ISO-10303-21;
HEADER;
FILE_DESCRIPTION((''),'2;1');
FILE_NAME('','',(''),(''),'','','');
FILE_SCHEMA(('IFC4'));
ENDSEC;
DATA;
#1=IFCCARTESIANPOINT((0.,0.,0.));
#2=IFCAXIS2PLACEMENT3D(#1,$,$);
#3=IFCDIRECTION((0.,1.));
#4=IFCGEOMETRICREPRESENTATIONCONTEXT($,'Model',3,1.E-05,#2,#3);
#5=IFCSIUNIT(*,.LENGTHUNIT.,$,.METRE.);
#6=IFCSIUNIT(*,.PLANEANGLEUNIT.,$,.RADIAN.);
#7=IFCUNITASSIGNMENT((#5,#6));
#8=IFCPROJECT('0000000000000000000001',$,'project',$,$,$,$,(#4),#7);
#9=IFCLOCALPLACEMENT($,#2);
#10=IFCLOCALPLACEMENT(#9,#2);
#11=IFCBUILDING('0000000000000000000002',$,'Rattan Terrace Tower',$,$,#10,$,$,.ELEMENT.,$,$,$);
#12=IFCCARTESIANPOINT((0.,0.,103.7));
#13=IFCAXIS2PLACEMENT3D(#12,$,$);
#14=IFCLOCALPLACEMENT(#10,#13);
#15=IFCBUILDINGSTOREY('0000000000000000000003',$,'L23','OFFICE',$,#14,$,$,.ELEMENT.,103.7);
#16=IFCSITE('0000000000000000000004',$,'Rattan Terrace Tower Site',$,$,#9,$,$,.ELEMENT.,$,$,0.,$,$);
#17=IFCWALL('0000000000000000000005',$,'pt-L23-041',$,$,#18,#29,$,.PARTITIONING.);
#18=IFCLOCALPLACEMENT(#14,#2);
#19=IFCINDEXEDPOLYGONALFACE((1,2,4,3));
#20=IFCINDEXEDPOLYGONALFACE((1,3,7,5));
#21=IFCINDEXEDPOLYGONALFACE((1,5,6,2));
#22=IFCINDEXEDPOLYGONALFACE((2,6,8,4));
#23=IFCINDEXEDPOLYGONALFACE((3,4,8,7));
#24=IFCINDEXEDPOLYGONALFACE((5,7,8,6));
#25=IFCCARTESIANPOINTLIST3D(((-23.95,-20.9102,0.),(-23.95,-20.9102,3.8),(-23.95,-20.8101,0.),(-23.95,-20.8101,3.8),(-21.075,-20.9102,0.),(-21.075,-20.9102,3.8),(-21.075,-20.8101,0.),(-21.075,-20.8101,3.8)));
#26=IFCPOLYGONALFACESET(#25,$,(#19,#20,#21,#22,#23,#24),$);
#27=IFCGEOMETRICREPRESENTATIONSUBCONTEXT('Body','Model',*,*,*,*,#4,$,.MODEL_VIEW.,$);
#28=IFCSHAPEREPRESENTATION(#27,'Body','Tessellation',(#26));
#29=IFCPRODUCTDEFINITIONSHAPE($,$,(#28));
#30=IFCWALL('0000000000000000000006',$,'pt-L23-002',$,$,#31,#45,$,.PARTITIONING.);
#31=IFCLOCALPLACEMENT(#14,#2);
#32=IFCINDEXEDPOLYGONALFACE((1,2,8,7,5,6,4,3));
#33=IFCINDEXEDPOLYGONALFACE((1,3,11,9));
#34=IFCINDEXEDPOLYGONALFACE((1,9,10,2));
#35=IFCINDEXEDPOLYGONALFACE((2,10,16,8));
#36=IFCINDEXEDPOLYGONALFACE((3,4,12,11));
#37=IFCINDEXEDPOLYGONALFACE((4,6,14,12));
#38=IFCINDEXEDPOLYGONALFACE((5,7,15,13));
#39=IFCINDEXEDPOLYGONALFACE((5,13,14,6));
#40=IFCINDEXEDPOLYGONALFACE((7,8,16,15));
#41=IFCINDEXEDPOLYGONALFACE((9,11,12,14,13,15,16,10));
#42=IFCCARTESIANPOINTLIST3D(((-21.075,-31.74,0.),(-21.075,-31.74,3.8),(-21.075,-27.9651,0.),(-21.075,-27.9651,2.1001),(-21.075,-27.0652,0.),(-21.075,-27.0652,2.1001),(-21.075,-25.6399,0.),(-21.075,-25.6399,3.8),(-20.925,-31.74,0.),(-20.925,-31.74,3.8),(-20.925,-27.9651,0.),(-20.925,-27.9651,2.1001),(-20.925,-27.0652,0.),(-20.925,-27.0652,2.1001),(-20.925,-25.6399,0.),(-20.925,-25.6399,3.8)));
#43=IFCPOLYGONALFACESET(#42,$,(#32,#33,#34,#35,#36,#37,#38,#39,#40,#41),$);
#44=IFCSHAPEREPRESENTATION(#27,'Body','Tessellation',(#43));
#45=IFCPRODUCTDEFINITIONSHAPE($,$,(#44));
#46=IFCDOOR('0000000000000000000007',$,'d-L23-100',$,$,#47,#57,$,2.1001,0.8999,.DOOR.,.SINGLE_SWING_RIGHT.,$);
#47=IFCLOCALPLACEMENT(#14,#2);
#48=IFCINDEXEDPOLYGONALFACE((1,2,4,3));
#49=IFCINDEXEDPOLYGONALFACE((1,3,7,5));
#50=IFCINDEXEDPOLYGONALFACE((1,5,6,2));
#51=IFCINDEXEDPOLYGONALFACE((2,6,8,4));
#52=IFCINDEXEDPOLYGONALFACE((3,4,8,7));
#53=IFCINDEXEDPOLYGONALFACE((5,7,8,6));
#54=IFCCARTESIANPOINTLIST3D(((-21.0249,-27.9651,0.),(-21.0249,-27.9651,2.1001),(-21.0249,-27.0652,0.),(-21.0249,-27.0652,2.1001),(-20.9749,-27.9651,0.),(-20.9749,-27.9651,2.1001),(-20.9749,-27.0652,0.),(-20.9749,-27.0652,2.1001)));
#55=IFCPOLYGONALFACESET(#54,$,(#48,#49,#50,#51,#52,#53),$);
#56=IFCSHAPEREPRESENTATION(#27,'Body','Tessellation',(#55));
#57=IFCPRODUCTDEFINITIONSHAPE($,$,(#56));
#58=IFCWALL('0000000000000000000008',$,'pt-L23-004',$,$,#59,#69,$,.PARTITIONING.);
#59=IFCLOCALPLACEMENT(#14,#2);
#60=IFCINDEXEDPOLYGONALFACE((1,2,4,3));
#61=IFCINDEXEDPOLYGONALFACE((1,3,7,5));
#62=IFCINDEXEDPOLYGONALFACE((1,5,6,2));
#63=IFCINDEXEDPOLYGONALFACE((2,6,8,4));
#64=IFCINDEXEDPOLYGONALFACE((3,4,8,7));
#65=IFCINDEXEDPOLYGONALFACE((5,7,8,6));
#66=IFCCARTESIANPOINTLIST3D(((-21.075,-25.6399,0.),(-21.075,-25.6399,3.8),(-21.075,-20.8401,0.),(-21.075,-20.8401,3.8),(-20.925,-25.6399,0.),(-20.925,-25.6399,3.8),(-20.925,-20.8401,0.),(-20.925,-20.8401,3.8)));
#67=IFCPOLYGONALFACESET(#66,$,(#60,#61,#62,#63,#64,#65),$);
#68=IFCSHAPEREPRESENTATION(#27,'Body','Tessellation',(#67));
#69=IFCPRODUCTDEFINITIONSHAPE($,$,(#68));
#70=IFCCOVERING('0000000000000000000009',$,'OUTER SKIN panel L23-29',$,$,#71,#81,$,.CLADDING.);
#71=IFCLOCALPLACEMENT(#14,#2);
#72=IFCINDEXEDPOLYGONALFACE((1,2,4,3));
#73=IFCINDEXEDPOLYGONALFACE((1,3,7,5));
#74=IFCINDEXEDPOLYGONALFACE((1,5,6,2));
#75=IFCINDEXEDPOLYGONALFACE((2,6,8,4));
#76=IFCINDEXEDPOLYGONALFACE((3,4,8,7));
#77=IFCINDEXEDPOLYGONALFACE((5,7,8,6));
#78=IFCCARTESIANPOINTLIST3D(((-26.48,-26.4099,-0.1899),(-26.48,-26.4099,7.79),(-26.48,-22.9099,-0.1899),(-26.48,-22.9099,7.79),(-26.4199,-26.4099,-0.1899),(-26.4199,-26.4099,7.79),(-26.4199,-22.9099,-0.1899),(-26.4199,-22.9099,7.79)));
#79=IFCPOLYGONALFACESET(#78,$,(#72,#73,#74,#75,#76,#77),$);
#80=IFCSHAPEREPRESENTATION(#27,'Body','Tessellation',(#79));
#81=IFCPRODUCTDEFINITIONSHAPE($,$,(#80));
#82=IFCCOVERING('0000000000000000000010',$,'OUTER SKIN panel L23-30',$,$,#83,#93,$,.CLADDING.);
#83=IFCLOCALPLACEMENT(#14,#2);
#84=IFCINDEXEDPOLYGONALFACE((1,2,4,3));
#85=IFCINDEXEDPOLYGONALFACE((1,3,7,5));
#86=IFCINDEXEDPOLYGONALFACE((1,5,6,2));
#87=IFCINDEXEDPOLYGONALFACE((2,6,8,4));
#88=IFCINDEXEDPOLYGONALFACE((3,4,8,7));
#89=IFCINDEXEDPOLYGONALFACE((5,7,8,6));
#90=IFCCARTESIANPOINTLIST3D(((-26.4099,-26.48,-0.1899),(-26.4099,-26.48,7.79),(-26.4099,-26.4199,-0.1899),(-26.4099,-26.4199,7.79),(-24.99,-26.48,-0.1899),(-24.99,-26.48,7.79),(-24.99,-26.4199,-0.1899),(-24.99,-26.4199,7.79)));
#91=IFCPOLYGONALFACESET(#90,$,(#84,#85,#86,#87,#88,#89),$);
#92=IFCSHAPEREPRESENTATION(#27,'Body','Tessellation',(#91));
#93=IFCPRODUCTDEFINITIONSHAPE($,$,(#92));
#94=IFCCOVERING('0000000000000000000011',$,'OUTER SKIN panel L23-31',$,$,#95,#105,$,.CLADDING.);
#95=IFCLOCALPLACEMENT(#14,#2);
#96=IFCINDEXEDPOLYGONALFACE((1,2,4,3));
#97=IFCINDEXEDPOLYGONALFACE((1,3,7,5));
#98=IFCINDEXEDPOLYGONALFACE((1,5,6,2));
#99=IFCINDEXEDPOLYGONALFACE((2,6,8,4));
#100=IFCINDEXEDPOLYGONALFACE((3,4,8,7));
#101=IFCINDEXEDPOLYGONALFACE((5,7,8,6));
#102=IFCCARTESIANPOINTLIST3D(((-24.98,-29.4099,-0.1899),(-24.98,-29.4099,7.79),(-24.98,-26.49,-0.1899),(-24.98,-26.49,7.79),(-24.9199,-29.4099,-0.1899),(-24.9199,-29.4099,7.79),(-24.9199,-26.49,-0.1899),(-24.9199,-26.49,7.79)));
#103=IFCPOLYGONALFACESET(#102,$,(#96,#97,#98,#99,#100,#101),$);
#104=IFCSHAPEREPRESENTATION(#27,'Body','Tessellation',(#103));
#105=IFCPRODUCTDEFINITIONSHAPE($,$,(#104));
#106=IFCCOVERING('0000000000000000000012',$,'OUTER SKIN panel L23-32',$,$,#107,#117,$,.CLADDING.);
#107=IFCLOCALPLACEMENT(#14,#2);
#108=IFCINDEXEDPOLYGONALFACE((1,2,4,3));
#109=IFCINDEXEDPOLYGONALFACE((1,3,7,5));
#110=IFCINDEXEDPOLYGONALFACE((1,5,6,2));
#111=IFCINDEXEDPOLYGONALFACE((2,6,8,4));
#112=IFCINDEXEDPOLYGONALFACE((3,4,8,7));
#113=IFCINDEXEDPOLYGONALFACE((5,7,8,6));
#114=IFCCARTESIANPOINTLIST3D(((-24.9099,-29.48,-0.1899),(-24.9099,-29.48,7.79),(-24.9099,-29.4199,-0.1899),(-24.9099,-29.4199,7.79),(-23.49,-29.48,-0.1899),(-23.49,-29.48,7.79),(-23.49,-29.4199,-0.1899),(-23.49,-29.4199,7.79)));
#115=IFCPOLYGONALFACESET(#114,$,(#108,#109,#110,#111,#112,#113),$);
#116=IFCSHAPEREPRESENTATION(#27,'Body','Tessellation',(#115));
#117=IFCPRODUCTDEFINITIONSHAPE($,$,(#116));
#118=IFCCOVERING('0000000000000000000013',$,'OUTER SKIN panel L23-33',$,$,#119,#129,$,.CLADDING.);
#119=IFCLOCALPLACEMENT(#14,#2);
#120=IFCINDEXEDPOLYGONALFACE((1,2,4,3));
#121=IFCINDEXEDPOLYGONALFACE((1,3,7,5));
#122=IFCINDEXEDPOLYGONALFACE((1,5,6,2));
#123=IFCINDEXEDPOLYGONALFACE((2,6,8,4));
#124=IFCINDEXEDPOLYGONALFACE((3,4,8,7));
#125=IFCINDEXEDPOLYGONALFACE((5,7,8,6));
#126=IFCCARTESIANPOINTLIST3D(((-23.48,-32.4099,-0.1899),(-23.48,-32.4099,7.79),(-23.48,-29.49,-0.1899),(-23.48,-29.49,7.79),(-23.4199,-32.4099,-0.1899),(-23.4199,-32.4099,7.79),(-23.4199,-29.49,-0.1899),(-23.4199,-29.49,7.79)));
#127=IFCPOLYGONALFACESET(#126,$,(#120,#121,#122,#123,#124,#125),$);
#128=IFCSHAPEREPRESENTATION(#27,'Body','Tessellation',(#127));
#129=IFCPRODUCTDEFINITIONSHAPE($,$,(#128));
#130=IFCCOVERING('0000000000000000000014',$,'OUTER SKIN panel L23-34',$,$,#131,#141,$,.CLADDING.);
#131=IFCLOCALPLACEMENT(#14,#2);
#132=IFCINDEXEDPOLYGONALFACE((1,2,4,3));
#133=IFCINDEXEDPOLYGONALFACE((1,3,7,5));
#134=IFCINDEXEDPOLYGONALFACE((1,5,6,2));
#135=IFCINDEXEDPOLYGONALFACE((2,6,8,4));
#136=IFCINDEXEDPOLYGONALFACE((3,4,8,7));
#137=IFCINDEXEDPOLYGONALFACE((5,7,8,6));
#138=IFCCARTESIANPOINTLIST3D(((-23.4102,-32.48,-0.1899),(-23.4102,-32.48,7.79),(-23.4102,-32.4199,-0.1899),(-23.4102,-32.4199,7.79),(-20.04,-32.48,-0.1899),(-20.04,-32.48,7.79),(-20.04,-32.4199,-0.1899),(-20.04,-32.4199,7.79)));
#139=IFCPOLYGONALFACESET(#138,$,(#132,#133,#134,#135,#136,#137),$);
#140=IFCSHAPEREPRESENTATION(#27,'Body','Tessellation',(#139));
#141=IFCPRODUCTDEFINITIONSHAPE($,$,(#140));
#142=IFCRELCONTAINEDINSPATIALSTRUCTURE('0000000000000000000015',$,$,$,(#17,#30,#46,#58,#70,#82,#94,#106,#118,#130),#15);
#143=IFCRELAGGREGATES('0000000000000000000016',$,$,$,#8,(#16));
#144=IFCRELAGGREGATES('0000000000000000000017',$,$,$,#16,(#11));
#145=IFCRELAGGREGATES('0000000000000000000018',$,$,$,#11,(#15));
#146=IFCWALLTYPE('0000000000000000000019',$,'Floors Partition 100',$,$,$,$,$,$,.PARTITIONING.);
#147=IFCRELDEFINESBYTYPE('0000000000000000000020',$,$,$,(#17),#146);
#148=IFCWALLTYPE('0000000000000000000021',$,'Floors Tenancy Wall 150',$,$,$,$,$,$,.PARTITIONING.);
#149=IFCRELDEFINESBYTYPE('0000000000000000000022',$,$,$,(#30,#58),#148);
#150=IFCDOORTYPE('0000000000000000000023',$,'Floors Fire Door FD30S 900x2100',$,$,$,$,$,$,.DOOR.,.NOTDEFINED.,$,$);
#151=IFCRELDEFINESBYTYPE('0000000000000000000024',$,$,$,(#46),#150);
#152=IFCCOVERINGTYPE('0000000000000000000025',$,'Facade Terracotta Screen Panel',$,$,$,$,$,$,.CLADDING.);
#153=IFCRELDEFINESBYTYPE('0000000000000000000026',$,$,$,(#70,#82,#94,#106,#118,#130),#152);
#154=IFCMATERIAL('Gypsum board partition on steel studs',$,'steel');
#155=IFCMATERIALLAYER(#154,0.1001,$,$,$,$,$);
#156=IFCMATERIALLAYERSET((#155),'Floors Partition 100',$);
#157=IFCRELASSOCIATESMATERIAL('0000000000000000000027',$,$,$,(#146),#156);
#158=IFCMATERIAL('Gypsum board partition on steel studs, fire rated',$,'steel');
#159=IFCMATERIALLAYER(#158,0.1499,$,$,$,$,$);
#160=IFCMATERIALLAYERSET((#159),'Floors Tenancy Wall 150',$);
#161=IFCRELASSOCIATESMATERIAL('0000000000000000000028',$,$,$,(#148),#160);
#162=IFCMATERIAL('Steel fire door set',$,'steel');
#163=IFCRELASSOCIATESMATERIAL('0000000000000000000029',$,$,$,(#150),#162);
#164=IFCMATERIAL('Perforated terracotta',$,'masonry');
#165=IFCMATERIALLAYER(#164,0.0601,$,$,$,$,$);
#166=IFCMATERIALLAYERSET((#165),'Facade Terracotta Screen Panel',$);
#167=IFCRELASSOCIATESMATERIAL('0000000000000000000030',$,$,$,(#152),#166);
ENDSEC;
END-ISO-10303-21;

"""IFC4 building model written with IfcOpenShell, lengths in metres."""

from ifc_helpers import new_model, si_unit, direction, frame, frame_2d, origin, origin_2d, place, context, subcontext, project, spatial, rectangle, extrude, material, layer, layer_set, type_object, element, fill, save


model = new_model("IFC4")

# Units and contexts
model_context = context("Model", 3, precision=1e-05, world=origin(), true_north=direction((0.0, 1.0)))
body_context = subcontext(model_context, "Body", "Model", "MODEL_VIEW")
ifc_project = project(units=[si_unit("LENGTHUNIT", "METRE"), si_unit("PLANEANGLEUNIT", "RADIAN")], contexts=[model_context])

# Site, building, storey
site_placement = place(None, origin())
site = spatial("IfcSite", under=ifc_project, at=site_placement, Name="Rattan Terrace Tower Site", CompositionType="ELEMENT", RefElevation=0.0)
building_placement = place(site_placement, origin())
building = spatial("IfcBuilding", under=site, at=building_placement, Name="Rattan Terrace Tower", CompositionType="ELEMENT")
storey_placement = place(building_placement, frame((0.0, 0.0, 103.7)))
storey = spatial("IfcBuildingStorey", under=building, at=storey_placement, Name="L23", Description="OFFICE", CompositionType="ELEMENT", Elevation=103.7)

# Shared definitions
ifc_material_1 = material(Name="Gypsum board partition on steel studs", Category="steel")
ifc_layer_1 = layer(ifc_material_1, 0.1001)
ifc_layer_set_1 = layer_set([ifc_layer_1], Name="Floors Partition 100")
wall_type_1 = type_object("IfcWallType", Name="Floors Partition 100", PredefinedType="PARTITIONING", material=ifc_layer_set_1)

# Wall
for number, where, z_axis, x_axis, name in (
    (1, (-23.95, -20.8601, 0.0), (0.0, 0.0, 1.0), (1.0, 0.0, 0.0), "pt-L23-041"),
):
    element("IfcWall", number, at=place(storey_placement, frame(where, z_axis=z_axis, x_axis=x_axis)), inside=storey, type_object=wall_type_1, Name=name, PredefinedType="PARTITIONING", context=body_context, shape_type="SweptSolid", body=[
        extrude(rectangle(XDim=2.875, YDim=0.1001, at=frame_2d((1.4375, 0.0))), origin(), (0.0, 0.0, 1.0), 3.8),
    ])

# Wall, opening, door
ifc_material_2 = material(Name="Gypsum board partition on steel studs, fire rated", Category="steel")
ifc_layer_2 = layer(ifc_material_2, 0.1499)
ifc_layer_set_2 = layer_set([ifc_layer_2], Name="Floors Tenancy Wall 150")
wall_type_2 = type_object("IfcWallType", Name="Floors Tenancy Wall 150", PredefinedType="PARTITIONING", material=ifc_layer_set_2)
wall_1_placement = place(storey_placement, frame((-21.0, -31.74, 0.0), z_axis=(0.0, 0.0, 1.0), x_axis=(0.0, 1.0, 0.0)))
wall_1 = element("IfcWall", 2, at=wall_1_placement, inside=storey, type_object=wall_type_2, Name="pt-L23-002", PredefinedType="PARTITIONING", context=body_context, shape_type="SweptSolid", body=[
    extrude(rectangle(XDim=6.1001, YDim=0.1499, at=frame_2d((3.05, 0.0))), origin(), (0.0, 0.0, 1.0), 3.8),
])
opening_1_placement = place(wall_1_placement, frame((3.7749, 0.0, 0.0)))
opening_1 = element("IfcOpeningElement", 3, at=opening_1_placement, cuts=wall_1, PredefinedType="OPENING", context=body_context, shape_type="SweptSolid", body=[
    extrude(rectangle(XDim=0.8999, YDim=2.1001, at=frame_2d((0.45, 1.05))), frame((0.0, 0.0854, 0.0), z_axis=(0.0, -1.0, 0.0), x_axis=(1.0, 0.0, 0.0)), (0.0, 0.0, 1.0), 0.1709),
])
ifc_material_3 = material(Name="Steel fire door set", Category="steel")
door_type_1 = type_object("IfcDoorType", Name="Floors Fire Door FD30S 900x2100", OperationType="NOTDEFINED", PredefinedType="DOOR", material=ifc_material_3)
door_1_placement = place(opening_1_placement, origin())
door_1 = element("IfcDoor", 4, at=door_1_placement, inside=storey, type_object=door_type_1, Name="d-L23-100", OperationType="SINGLE_SWING_RIGHT", OverallHeight=2.1001, OverallWidth=0.8999, PredefinedType="DOOR", context=body_context, shape_type="SweptSolid", body=[
    extrude(rectangle(XDim=0.8999, YDim=2.1001, at=frame_2d((0.45, 1.05))), frame((0.0, 0.0249, 0.0), z_axis=(0.0, -1.0, 0.0), x_axis=(1.0, 0.0, 0.0)), (0.0, 0.0, 1.0), 0.05),
])
fill(opening_1, door_1)

# Wall
wall_2_placement = place(storey_placement, frame((-21.0, -25.6399, 0.0), z_axis=(0.0, 0.0, 1.0), x_axis=(0.0, 1.0, 0.0)))
element("IfcWall", 5, at=wall_2_placement, inside=storey, type_object=wall_type_2, Name="pt-L23-004", PredefinedType="PARTITIONING", context=body_context, shape_type="SweptSolid", body=[
    extrude(rectangle(XDim=4.7998, YDim=0.1499, at=frame_2d((2.3999, 0.0))), origin(), (0.0, 0.0, 1.0), 3.8),
])

# Coverings
ifc_material_4 = material(Name="Perforated terracotta", Category="masonry")
ifc_layer_3 = layer(ifc_material_4, 0.0601)
ifc_layer_set_3 = layer_set([ifc_layer_3], Name="Facade Terracotta Screen Panel")
covering_type = type_object("IfcCoveringType", Name="Facade Terracotta Screen Panel", PredefinedType="CLADDING", material=ifc_layer_set_3)
covering_1_placement = place(storey_placement, frame((-26.45, -24.6599, -0.1899), z_axis=(0.0, 0.0, 1.0), x_axis=(0.0, -1.0, 0.0)))
element("IfcCovering", 6, at=covering_1_placement, inside=storey, type_object=covering_type, Name="OUTER SKIN panel L23-29", PredefinedType="CLADDING", context=body_context, shape_type="SweptSolid", body=[
    extrude(rectangle(XDim=3.5, YDim=0.0601, at=origin_2d()), origin(), (0.0, 0.0, 1.0), 7.98),
])
covering_2_placement = place(storey_placement, frame((-25.7, -26.45, -0.1899), z_axis=(0.0, 0.0, 1.0), x_axis=(1.0, 0.0, 0.0)))
element("IfcCovering", 7, at=covering_2_placement, inside=storey, type_object=covering_type, Name="OUTER SKIN panel L23-30", PredefinedType="CLADDING", context=body_context, shape_type="SweptSolid", body=[
    extrude(rectangle(XDim=1.4199, YDim=0.0601, at=origin_2d()), origin(), (0.0, 0.0, 1.0), 7.98),
])
covering_3_placement = place(storey_placement, frame((-24.95, -27.95, -0.1899), z_axis=(0.0, 0.0, 1.0), x_axis=(0.0, -1.0, 0.0)))
element("IfcCovering", 8, at=covering_3_placement, inside=storey, type_object=covering_type, Name="OUTER SKIN panel L23-31", PredefinedType="CLADDING", context=body_context, shape_type="SweptSolid", body=[
    extrude(rectangle(XDim=2.9199, YDim=0.0601, at=origin_2d()), origin(), (0.0, 0.0, 1.0), 7.98),
])
covering_4_placement = place(storey_placement, frame((-24.2, -29.45, -0.1899), z_axis=(0.0, 0.0, 1.0), x_axis=(1.0, 0.0, 0.0)))
element("IfcCovering", 9, at=covering_4_placement, inside=storey, type_object=covering_type, Name="OUTER SKIN panel L23-32", PredefinedType="CLADDING", context=body_context, shape_type="SweptSolid", body=[
    extrude(rectangle(XDim=1.4199, YDim=0.0601, at=origin_2d()), origin(), (0.0, 0.0, 1.0), 7.98),
])
covering_5_placement = place(storey_placement, frame((-23.45, -30.95, -0.1899), z_axis=(0.0, 0.0, 1.0), x_axis=(0.0, -1.0, 0.0)))
element("IfcCovering", 10, at=covering_5_placement, inside=storey, type_object=covering_type, Name="OUTER SKIN panel L23-33", PredefinedType="CLADDING", context=body_context, shape_type="SweptSolid", body=[
    extrude(rectangle(XDim=2.9199, YDim=0.0601, at=origin_2d()), origin(), (0.0, 0.0, 1.0), 7.98),
])
covering_6_placement = place(storey_placement, frame((-21.7251, -32.45, -0.1899), z_axis=(0.0, 0.0, 1.0), x_axis=(1.0, 0.0, 0.0)))
element("IfcCovering", 11, at=covering_6_placement, inside=storey, type_object=covering_type, Name="OUTER SKIN panel L23-34", PredefinedType="CLADDING", context=body_context, shape_type="SweptSolid", body=[
    extrude(rectangle(XDim=3.3701, YDim=0.0601, at=origin_2d()), origin(), (0.0, 0.0, 1.0), 7.98),
])

save(model, "model.ifc")
